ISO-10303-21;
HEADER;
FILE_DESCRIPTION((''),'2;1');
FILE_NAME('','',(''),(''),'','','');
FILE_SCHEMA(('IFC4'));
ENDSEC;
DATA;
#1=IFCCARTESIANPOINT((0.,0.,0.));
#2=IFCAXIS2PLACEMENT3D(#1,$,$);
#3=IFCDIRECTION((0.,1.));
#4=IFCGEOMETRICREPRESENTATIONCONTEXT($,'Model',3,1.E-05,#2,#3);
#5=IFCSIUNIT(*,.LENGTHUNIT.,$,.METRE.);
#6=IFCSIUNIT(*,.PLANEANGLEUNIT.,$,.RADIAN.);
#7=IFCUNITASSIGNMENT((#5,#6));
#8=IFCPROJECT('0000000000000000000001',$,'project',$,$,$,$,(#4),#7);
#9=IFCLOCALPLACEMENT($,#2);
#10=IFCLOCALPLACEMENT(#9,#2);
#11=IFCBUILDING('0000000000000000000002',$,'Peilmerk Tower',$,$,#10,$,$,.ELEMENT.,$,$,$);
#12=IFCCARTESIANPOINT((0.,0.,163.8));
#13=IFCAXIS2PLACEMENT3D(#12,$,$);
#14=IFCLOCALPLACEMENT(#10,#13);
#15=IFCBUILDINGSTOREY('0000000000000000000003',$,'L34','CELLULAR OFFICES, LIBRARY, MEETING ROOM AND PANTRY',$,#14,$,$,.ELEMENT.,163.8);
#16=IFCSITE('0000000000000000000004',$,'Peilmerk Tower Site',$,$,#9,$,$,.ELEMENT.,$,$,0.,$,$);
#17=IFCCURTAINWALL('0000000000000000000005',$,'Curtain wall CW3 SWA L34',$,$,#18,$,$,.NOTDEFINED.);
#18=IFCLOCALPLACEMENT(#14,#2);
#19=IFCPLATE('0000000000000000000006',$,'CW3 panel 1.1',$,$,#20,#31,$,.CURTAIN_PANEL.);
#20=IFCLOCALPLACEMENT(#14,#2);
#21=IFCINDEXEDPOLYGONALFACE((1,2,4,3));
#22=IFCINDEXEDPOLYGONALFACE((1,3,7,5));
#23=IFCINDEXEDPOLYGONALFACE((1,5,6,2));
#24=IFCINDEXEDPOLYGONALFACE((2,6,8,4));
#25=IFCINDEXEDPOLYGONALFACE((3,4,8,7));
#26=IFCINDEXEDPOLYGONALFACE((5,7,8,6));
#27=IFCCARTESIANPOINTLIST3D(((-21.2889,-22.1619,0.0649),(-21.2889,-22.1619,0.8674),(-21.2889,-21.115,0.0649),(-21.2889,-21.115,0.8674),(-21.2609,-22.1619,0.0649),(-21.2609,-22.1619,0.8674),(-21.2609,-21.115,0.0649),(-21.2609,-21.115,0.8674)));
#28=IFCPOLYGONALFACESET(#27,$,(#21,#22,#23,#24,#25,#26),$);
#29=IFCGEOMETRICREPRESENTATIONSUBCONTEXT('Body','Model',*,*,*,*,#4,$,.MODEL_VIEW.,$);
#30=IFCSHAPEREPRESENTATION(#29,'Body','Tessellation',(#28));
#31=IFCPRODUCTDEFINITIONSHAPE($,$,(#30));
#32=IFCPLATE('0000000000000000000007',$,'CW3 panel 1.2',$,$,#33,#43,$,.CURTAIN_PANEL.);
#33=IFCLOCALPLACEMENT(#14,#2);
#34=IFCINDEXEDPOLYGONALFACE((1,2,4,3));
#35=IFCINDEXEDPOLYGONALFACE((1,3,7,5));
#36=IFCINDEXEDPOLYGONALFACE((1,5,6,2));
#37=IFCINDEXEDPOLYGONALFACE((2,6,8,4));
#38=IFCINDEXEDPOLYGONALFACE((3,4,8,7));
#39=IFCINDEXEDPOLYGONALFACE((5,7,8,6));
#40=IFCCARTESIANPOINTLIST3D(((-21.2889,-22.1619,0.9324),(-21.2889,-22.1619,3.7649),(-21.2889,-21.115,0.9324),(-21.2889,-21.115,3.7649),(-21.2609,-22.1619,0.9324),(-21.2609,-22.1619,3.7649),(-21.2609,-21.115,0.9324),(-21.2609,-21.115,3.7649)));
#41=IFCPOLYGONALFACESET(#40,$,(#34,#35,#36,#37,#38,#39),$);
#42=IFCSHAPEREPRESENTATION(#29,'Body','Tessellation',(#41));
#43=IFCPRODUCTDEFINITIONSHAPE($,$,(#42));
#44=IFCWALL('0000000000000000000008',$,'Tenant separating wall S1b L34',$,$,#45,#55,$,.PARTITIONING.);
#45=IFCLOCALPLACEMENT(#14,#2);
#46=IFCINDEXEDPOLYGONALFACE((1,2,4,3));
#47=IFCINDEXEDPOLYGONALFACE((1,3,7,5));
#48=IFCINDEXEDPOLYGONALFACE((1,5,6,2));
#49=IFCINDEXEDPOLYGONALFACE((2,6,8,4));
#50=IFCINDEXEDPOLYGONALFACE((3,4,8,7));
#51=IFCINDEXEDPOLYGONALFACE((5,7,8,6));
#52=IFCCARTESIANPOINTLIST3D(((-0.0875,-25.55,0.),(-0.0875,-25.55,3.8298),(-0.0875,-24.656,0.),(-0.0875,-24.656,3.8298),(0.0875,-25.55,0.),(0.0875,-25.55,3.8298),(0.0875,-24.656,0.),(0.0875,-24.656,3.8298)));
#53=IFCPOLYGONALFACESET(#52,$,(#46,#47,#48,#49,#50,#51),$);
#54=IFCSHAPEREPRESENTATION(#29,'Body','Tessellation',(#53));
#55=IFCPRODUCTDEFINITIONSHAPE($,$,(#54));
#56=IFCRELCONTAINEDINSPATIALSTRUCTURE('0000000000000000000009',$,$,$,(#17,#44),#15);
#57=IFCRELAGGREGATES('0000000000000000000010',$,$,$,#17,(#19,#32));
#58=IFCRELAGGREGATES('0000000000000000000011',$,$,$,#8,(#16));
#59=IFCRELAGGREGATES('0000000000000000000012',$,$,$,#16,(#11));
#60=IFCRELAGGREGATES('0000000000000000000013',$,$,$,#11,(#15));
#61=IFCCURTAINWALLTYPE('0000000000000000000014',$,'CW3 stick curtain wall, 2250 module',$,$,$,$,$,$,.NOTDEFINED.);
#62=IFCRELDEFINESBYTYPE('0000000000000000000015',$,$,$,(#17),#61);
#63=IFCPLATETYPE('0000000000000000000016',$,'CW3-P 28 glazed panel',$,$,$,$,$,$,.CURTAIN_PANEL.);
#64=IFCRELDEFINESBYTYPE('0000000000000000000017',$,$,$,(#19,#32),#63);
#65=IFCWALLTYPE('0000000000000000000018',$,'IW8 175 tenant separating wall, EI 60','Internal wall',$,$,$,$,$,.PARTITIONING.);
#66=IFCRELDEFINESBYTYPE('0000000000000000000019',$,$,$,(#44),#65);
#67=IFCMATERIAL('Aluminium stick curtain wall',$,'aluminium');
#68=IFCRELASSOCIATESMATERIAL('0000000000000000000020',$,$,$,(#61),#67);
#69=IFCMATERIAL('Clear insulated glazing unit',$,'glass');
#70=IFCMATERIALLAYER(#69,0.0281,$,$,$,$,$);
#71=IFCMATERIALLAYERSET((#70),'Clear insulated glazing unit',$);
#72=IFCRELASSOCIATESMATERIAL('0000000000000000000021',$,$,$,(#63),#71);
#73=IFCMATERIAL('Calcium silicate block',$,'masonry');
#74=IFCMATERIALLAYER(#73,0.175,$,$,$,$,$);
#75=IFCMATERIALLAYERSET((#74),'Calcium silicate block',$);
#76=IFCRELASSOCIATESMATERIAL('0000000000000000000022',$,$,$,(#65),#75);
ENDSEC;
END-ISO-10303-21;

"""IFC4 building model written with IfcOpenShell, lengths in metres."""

from ifc_helpers import new_model, si_unit, direction, frame, frame_2d, origin, origin_2d, place, context, subcontext, project, spatial, rectangle, extrude, material, layer, layer_set, type_object, element, aggregate, save


model = new_model("IFC4")

# Units and contexts
model_context = context("Model", 3, precision=1e-05, world=origin(), true_north=direction((0.0, 1.0)))
body_context = subcontext(model_context, "Body", "Model", "MODEL_VIEW")
ifc_project = project(units=[si_unit("LENGTHUNIT", "METRE"), si_unit("PLANEANGLEUNIT", "RADIAN")], contexts=[model_context])

# Site, building, storey
site_placement = place(None, origin())
site = spatial("IfcSite", under=ifc_project, at=site_placement, Name="Peilmerk Tower Site", CompositionType="ELEMENT", RefElevation=0.0)
building_placement = place(site_placement, origin())
building = spatial("IfcBuilding", under=site, at=building_placement, Name="Peilmerk Tower", CompositionType="ELEMENT")
storey_placement = place(building_placement, frame((0.0, 0.0, 163.8)))
storey = spatial("IfcBuildingStorey", under=building, at=storey_placement, Name="L34", Description="CELLULAR OFFICES, LIBRARY, MEETING ROOM AND PANTRY", CompositionType="ELEMENT", Elevation=163.8)

# Curtain wall, plates
ifc_material_1 = material(Name="Aluminium stick curtain wall", Category="aluminium")
curtain_wall_type = type_object("IfcCurtainWallType", Name="CW3 stick curtain wall, 2250 module", PredefinedType="NOTDEFINED", material=ifc_material_1)
curtain_wall_placement = place(storey_placement, origin())
curtain_wall = element("IfcCurtainWall", 1, at=curtain_wall_placement, inside=storey, type_object=curtain_wall_type, Name="Curtain wall CW3 SWA L34", PredefinedType="NOTDEFINED")
ifc_material_2 = material(Name="Clear insulated glazing unit", Category="glass")
ifc_layer_1 = layer(ifc_material_2, 0.0281)
ifc_layer_set_1 = layer_set([ifc_layer_1], Name="Clear insulated glazing unit")
plate_type = type_object("IfcPlateType", Name="CW3-P 28 glazed panel", PredefinedType="CURTAIN_PANEL", material=ifc_layer_set_1)
plate_1_placement = place(storey_placement, frame((-21.2749, -21.6384, 0.0649), z_axis=(0.0, 0.0, 1.0), x_axis=(0.0, -1.0, 0.0)))
plate_1 = element("IfcPlate", 2, at=plate_1_placement, type_object=plate_type, Name="CW3 panel 1.1", PredefinedType="CURTAIN_PANEL", context=body_context, shape_type="SweptSolid", body=[
    extrude(rectangle(XDim=1.0469, YDim=0.0281, at=origin_2d()), origin(), (0.0, 0.0, 1.0), 0.8025),
])
plate_2_placement = place(storey_placement, frame((-21.2749, -21.6384, 0.9324), z_axis=(0.0, 0.0, 1.0), x_axis=(0.0, -1.0, 0.0)))
plate_2 = element("IfcPlate", 3, at=plate_2_placement, type_object=plate_type, Name="CW3 panel 1.2", PredefinedType="CURTAIN_PANEL", context=body_context, shape_type="SweptSolid", body=[
    extrude(rectangle(XDim=1.0469, YDim=0.0281, at=origin_2d()), origin(), (0.0, 0.0, 1.0), 2.8325),
])
aggregate(curtain_wall, [plate_1, plate_2])

# Wall
ifc_material_3 = material(Name="Calcium silicate block", Category="masonry")
ifc_layer_2 = layer(ifc_material_3, 0.175)
ifc_layer_set_2 = layer_set([ifc_layer_2], Name="Calcium silicate block")
wall_type = type_object("IfcWallType", Name="IW8 175 tenant separating wall, EI 60", Description="Internal wall", PredefinedType="PARTITIONING", material=ifc_layer_set_2)
wall_placement = place(storey_placement, frame((0.0, -24.656, 0.0), z_axis=(0.0, 0.0, 1.0), x_axis=(0.0, -1.0, 0.0)))
element("IfcWall", 4, at=wall_placement, inside=storey, type_object=wall_type, Name="Tenant separating wall S1b L34", PredefinedType="PARTITIONING", context=body_context, shape_type="SweptSolid", body=[
    extrude(rectangle(XDim=0.894, YDim=0.175, at=frame_2d((0.447, 0.0))), origin(), (0.0, 0.0, 1.0), 3.8298),
])

save(model, "model.ifc")
